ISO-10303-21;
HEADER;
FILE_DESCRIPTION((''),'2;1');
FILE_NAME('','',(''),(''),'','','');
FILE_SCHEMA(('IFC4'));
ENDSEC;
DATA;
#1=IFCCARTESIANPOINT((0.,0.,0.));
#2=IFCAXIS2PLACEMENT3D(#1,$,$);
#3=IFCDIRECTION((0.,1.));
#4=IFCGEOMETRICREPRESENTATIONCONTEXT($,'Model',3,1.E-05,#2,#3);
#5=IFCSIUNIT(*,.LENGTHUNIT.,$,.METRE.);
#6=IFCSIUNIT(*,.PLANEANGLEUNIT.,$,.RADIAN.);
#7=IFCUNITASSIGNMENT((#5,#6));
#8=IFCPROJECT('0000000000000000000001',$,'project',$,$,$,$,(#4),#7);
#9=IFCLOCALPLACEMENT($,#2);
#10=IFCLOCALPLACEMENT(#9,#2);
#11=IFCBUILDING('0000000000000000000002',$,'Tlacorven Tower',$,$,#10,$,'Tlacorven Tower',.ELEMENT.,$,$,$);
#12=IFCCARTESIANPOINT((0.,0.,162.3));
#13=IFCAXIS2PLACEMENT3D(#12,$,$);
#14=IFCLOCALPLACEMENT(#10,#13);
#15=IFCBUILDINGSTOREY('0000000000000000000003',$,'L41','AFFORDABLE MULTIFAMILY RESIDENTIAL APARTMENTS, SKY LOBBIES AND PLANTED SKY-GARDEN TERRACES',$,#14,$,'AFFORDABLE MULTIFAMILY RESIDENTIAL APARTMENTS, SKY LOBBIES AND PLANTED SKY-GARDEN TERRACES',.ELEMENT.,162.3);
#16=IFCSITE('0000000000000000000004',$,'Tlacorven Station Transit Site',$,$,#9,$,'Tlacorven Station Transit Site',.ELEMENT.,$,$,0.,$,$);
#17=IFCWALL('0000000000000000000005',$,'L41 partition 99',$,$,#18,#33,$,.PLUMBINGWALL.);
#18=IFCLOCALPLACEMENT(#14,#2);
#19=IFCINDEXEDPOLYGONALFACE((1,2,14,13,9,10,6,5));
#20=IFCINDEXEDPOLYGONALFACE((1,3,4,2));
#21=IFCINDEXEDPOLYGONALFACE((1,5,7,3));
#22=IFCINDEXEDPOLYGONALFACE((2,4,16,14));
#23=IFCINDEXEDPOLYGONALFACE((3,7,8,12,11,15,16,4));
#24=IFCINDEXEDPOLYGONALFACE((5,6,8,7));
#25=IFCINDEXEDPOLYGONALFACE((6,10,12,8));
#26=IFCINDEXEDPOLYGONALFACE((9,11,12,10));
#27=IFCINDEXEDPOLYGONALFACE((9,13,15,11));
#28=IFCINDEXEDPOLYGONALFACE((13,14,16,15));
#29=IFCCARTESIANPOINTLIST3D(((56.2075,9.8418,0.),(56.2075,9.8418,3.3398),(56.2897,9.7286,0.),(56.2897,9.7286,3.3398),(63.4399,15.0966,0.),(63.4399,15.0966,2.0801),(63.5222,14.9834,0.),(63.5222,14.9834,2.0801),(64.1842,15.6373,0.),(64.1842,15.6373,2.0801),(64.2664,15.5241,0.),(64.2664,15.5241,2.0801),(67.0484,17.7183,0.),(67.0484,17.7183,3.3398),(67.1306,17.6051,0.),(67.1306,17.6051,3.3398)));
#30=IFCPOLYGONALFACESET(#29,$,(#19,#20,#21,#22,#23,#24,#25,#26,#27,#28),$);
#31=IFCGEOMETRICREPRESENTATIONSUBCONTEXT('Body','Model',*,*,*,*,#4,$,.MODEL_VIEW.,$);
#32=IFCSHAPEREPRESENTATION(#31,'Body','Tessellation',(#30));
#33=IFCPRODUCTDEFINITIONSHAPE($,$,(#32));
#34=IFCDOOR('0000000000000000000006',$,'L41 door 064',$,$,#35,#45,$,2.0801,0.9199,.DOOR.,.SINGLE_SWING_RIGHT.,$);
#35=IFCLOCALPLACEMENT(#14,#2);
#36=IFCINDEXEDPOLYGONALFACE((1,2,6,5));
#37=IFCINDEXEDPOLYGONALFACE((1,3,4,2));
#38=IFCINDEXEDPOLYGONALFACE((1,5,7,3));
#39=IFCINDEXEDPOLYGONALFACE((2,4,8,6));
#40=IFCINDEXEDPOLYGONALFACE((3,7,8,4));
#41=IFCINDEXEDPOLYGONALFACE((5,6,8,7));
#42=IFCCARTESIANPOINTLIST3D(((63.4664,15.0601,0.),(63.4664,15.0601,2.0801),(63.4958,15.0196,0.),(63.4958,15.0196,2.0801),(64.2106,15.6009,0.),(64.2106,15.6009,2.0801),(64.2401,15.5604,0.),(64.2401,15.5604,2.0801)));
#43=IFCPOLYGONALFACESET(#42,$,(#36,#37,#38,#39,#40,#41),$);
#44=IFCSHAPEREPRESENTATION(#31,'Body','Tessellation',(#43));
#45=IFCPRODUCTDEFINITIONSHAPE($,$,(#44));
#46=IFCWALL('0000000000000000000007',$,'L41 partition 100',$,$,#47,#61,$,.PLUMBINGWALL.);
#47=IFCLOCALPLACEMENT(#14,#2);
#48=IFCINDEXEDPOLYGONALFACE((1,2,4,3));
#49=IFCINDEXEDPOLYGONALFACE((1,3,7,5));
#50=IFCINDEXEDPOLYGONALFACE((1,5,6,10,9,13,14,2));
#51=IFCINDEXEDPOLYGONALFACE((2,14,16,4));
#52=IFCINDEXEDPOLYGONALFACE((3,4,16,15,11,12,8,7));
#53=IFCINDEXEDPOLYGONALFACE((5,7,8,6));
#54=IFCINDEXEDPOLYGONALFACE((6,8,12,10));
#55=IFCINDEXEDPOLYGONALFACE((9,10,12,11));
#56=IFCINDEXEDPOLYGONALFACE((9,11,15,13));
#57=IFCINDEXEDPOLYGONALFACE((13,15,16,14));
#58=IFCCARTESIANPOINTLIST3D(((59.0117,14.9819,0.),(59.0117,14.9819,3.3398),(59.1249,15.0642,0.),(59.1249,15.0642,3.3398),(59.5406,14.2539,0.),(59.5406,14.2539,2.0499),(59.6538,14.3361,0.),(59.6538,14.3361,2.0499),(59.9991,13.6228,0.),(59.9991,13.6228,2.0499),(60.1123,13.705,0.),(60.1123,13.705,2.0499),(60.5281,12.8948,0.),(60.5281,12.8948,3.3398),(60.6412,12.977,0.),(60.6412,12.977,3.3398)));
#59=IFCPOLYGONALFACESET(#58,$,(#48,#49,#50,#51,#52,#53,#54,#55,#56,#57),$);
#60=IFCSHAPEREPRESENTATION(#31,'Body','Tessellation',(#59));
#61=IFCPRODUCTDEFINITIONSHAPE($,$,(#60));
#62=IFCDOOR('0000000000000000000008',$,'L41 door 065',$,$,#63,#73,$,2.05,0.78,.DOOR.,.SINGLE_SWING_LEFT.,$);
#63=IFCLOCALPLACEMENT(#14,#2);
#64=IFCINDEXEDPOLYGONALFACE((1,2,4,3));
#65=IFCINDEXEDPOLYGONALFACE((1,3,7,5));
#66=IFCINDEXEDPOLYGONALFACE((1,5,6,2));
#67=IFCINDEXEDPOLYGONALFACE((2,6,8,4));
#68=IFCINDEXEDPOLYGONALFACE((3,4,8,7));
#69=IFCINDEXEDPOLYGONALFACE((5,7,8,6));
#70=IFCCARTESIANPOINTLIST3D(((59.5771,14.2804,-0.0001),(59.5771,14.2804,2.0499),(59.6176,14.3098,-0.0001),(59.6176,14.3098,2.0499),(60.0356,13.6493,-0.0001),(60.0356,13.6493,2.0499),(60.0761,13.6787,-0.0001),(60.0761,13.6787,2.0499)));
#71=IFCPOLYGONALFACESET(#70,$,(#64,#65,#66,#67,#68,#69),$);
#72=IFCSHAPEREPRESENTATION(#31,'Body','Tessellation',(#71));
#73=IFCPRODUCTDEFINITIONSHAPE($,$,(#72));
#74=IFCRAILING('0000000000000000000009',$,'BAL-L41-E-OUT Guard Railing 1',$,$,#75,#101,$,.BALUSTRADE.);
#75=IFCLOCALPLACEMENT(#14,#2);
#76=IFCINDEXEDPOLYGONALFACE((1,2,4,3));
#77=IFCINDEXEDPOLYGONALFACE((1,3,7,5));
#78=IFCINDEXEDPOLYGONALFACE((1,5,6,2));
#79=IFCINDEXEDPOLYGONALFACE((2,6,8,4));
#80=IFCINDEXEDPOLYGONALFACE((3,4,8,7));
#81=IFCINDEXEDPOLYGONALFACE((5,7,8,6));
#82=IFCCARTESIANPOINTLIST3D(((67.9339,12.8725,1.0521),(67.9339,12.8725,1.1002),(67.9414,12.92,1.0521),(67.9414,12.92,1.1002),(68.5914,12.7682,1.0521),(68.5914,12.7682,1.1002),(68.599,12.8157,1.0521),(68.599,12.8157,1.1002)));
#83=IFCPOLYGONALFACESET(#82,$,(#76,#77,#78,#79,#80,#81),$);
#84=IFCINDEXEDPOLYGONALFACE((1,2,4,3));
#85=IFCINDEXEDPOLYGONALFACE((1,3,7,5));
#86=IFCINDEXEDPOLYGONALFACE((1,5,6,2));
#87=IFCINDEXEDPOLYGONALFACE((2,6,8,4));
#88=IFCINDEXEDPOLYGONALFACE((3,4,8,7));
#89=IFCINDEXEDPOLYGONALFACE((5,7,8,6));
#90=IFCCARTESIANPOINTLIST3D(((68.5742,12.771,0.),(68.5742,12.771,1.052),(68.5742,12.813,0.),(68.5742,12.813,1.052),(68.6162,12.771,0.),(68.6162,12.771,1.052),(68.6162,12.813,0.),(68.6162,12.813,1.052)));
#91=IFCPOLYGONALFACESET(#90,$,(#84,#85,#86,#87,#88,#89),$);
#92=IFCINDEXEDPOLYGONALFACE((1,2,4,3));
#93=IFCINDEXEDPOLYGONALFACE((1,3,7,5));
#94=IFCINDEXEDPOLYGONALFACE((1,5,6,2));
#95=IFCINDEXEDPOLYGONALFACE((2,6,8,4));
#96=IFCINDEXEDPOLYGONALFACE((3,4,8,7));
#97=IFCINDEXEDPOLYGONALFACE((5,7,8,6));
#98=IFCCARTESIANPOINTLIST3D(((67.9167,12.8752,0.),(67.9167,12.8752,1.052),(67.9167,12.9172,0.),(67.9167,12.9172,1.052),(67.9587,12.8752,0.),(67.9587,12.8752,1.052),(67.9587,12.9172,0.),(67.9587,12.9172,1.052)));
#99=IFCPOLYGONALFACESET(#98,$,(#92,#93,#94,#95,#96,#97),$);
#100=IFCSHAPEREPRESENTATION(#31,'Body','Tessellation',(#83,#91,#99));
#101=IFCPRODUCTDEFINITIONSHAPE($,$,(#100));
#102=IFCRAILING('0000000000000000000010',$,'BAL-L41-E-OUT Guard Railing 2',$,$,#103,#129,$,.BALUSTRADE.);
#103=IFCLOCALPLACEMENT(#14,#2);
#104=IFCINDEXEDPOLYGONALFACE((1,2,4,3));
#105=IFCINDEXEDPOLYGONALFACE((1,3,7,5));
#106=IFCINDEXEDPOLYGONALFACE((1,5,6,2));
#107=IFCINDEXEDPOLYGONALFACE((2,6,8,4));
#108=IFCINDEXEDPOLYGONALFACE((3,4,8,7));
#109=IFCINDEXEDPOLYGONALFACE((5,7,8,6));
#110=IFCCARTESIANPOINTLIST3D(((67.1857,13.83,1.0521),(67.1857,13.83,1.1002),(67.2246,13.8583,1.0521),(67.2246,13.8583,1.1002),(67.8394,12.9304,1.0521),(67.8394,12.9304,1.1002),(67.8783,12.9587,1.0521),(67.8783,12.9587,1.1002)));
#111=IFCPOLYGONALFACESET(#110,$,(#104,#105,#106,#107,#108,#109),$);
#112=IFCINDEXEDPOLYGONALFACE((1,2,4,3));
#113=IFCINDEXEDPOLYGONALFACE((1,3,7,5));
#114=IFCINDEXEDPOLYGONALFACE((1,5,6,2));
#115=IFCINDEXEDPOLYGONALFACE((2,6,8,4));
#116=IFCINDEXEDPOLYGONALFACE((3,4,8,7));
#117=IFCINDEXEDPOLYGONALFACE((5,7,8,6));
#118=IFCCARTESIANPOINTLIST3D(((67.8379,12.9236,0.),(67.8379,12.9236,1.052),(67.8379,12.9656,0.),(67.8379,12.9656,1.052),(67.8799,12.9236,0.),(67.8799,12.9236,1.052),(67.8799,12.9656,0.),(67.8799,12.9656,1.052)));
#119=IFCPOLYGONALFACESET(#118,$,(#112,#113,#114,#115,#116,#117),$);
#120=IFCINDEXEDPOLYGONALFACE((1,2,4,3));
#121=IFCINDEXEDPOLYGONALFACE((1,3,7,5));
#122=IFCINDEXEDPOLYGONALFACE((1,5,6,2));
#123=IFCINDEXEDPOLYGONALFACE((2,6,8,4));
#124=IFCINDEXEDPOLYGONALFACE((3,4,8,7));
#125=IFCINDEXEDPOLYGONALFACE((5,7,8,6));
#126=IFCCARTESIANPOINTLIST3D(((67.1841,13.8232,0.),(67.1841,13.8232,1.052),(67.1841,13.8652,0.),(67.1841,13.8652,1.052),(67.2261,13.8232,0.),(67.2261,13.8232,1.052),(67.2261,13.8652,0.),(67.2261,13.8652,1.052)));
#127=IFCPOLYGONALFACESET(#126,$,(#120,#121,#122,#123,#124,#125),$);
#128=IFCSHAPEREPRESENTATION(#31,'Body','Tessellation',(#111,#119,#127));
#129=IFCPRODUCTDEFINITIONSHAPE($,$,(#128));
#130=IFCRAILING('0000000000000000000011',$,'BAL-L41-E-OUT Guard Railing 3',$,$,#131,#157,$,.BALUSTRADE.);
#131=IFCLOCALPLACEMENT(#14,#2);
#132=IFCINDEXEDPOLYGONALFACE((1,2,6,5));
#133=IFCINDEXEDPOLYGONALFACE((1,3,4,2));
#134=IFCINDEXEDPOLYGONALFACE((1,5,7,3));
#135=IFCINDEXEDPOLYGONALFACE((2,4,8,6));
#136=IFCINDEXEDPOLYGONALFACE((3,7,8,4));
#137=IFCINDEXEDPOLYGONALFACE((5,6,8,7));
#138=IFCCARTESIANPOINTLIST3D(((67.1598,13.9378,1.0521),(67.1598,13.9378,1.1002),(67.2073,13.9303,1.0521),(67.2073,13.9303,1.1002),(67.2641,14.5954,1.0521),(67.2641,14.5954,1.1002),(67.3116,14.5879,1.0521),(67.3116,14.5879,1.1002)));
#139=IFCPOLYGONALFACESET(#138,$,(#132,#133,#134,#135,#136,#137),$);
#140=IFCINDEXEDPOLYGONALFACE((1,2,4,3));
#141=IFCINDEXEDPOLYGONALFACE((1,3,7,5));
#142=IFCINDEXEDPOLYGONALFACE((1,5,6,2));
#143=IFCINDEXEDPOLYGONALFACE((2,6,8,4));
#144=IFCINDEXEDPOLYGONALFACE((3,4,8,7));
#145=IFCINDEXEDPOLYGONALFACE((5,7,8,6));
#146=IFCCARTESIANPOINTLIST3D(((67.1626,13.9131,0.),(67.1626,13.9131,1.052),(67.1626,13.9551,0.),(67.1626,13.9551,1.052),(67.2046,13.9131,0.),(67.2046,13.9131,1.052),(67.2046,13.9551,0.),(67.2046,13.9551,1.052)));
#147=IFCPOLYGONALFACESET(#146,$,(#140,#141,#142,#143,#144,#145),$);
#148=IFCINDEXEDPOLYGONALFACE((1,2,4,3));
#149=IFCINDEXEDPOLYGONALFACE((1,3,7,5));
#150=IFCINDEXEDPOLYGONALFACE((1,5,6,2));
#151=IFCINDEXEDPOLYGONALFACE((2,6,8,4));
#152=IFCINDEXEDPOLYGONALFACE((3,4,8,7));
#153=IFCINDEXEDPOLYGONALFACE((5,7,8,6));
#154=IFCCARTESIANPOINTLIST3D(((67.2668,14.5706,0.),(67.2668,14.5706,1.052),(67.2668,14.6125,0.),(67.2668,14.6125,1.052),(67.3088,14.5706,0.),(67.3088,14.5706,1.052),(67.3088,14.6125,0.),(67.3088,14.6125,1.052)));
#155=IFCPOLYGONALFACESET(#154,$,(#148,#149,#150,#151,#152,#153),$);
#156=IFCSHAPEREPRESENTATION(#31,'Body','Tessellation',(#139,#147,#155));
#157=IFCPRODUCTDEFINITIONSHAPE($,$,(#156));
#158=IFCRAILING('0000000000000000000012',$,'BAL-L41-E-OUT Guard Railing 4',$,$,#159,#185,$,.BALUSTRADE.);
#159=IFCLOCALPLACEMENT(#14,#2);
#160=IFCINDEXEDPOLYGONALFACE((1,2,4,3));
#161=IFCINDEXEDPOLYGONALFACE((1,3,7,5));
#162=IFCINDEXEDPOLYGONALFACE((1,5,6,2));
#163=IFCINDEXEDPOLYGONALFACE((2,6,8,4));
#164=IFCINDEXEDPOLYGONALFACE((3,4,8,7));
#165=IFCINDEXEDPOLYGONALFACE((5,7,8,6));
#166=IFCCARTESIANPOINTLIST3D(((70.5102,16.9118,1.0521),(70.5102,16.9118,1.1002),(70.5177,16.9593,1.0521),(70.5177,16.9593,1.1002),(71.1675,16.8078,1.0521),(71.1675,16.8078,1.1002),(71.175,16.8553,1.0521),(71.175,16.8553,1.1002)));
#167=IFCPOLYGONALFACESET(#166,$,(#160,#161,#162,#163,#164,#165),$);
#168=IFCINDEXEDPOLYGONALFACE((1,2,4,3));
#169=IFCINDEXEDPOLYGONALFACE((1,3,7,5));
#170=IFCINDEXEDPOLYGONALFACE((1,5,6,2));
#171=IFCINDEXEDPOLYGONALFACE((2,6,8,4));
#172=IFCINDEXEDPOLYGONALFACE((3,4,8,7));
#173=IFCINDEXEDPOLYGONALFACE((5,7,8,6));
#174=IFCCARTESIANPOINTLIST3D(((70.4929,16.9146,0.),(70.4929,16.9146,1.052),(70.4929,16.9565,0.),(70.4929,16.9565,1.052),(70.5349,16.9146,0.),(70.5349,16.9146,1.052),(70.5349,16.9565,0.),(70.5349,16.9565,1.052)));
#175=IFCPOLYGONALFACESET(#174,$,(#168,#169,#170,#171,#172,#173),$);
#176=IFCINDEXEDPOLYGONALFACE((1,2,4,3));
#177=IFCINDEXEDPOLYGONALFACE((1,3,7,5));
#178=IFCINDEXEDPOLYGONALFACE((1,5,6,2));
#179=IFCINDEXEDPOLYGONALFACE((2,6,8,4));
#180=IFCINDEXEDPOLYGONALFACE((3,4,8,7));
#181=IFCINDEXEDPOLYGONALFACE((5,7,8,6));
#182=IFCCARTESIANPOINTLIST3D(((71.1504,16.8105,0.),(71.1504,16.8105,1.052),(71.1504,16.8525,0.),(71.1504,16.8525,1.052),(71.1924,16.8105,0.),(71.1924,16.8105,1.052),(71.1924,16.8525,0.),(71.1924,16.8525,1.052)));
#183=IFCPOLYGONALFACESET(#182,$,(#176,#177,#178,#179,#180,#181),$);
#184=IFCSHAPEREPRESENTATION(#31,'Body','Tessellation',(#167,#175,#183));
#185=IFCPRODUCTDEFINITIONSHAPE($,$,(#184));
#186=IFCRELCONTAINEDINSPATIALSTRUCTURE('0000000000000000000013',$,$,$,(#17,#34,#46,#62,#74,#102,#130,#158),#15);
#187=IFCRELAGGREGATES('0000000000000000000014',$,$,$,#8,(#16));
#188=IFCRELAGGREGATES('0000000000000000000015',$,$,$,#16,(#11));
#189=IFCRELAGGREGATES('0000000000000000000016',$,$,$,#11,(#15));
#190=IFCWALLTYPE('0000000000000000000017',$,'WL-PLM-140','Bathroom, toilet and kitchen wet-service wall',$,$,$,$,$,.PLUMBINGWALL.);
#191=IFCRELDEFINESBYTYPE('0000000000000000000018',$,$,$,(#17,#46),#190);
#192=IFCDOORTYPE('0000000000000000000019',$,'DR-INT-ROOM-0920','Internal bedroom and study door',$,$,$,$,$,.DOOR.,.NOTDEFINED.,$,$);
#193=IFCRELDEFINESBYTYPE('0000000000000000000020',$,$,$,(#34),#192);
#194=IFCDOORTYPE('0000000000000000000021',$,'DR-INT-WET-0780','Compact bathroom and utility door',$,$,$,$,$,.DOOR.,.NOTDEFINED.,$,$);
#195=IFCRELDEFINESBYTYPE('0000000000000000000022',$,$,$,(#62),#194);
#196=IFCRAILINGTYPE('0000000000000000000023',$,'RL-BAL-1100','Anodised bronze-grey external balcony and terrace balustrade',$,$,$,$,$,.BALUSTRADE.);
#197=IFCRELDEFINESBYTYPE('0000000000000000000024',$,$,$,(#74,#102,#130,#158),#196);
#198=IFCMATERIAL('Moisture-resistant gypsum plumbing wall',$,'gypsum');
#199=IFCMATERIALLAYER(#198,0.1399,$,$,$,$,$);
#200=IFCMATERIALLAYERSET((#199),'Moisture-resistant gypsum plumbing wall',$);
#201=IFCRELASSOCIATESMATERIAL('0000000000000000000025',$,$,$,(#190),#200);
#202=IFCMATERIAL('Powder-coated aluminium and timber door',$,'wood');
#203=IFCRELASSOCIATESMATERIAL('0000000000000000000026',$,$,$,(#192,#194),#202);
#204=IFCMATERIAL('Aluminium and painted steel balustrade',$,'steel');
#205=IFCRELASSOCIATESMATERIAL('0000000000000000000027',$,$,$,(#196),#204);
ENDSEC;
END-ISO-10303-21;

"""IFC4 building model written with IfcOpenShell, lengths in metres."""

from ifc_helpers import new_model, si_unit, direction, frame, frame_2d, origin, origin_2d, place, context, subcontext, project, spatial, rectangle, extrude, source, transform, mapped, material, layer, layer_set, type_object, element, fill, save


model = new_model("IFC4")

# Units and contexts
model_context = context("Model", 3, precision=1e-05, world=origin(), true_north=direction((0.0, 1.0)))
body_context = subcontext(model_context, "Body", "Model", "MODEL_VIEW")
ifc_project = project(units=[si_unit("LENGTHUNIT", "METRE"), si_unit("PLANEANGLEUNIT", "RADIAN")], contexts=[model_context])

# Site, building, storey
site_placement = place(None, origin())
site = spatial("IfcSite", under=ifc_project, at=site_placement, Name="Tlacorven Station Transit Site", LongName="Tlacorven Station Transit Site", CompositionType="ELEMENT", RefElevation=0.0)
building_placement = place(site_placement, origin())
building = spatial("IfcBuilding", under=site, at=building_placement, Name="Tlacorven Tower", LongName="Tlacorven Tower", CompositionType="ELEMENT")
storey_placement = place(building_placement, frame((0.0, 0.0, 162.3)))
storey = spatial("IfcBuildingStorey", under=building, at=storey_placement, Name="L41", Description="AFFORDABLE MULTIFAMILY RESIDENTIAL APARTMENTS, SKY LOBBIES AND PLANTED SKY-GARDEN TERRACES", LongName="AFFORDABLE MULTIFAMILY RESIDENTIAL APARTMENTS, SKY LOBBIES AND PLANTED SKY-GARDEN TERRACES", CompositionType="ELEMENT", Elevation=162.3)

# Shared definitions
ifc_material_1 = material(Name="Powder-coated aluminium and timber door", Category="wood")

# Walls, openings, doors
ifc_material_2 = material(Name="Moisture-resistant gypsum plumbing wall", Category="gypsum")
ifc_layer_1 = layer(ifc_material_2, 0.1399)
ifc_layer_set_1 = layer_set([ifc_layer_1], Name="Moisture-resistant gypsum plumbing wall")
wall_type_1 = type_object("IfcWallType", Name="WL-PLM-140", Description="Bathroom, toilet and kitchen wet-service wall", PredefinedType="PLUMBINGWALL", material=ifc_layer_set_1)
wall_1_placement = place(storey_placement, frame((56.2485, 9.7852, 0.0), z_axis=(0.0, 0.0, 1.0), x_axis=(0.809012, 0.587792, 0.0)))
wall_1 = element("IfcWall", 1, at=wall_1_placement, inside=storey, type_object=wall_type_1, Name="L41 partition 99", PredefinedType="PLUMBINGWALL", context=body_context, shape_type="SweptSolid", body=[
    extrude(rectangle(XDim=13.4001, YDim=0.1399, at=frame_2d((6.7002, 0.0))), origin(), (0.0, 0.0, 1.0), 3.3398),
])
opening_1_placement = place(wall_1_placement, frame((8.9399, 0.0, 0.0)))
opening_1 = element("IfcOpeningElement", 2, at=opening_1_placement, cuts=wall_1, PredefinedType="OPENING", context=body_context, shape_type="SweptSolid", body=[
    extrude(rectangle(XDim=0.9199, YDim=2.0801, at=frame_2d((0.46, 1.04))), frame((0.0, 0.0801, 0.0), z_axis=(0.0, -1.0, 0.0), x_axis=(1.0, 0.0, 0.0)), (0.0, 0.0, 1.0), 0.1599),
])
door_type_1 = type_object("IfcDoorType", Name="DR-INT-ROOM-0920", Description="Internal bedroom and study door", OperationType="NOTDEFINED", PredefinedType="DOOR", material=ifc_material_1)
shared_shape_1 = source(origin(), body_context, "Body", "SweptSolid", [
    extrude(rectangle(XDim=0.9199, YDim=2.0801, at=frame_2d((0.46, 1.04))), frame((0.0, 0.0249, 0.0), z_axis=(0.0, -1.0, 0.0), x_axis=(1.0, 0.0, 0.0)), (0.0, 0.0, 1.0), 0.05),
])
door_1_placement = place(opening_1_placement, origin())
door_1 = element("IfcDoor", 3, at=door_1_placement, inside=storey, type_object=door_type_1, Name="L41 door 064", OperationType="SINGLE_SWING_RIGHT", OverallHeight=2.0801, OverallWidth=0.9199, PredefinedType="DOOR", context=body_context, shape_type="MappedRepresentation", body=[
    mapped(shared_shape_1, transform((0.0, 0.0, 0.0), scale=1.0)),
])
fill(opening_1, door_1)
wall_2_placement = place(storey_placement, frame((60.5847, 12.9358, 0.0), z_axis=(0.0, 0.0, 1.0), x_axis=(-0.587772, 0.809027, 0.0)))
wall_2 = element("IfcWall", 4, at=wall_2_placement, inside=storey, type_object=wall_type_1, Name="L41 partition 100", PredefinedType="PLUMBINGWALL", context=body_context, shape_type="SweptSolid", body=[
    extrude(rectangle(XDim=2.5798, YDim=0.1399, at=frame_2d((1.29, 0.0))), origin(), (0.0, 0.0, 1.0), 3.3398),
])
opening_2_placement = place(wall_2_placement, frame((0.8999, 0.0, 0.0)))
opening_2 = element("IfcOpeningElement", 5, at=opening_2_placement, cuts=wall_2, PredefinedType="OPENING", context=body_context, shape_type="SweptSolid", body=[
    extrude(rectangle(XDim=0.78, YDim=2.05, at=frame_2d((0.3901, 1.0249))), frame((0.0, 0.0801, 0.0), z_axis=(0.0, -1.0, 0.0), x_axis=(1.0, 0.0, 0.0)), (0.0, 0.0, 1.0), 0.1599),
])
door_type_2 = type_object("IfcDoorType", Name="DR-INT-WET-0780", Description="Compact bathroom and utility door", OperationType="NOTDEFINED", PredefinedType="DOOR", material=ifc_material_1)
shared_shape_2 = source(origin(), body_context, "Body", "SweptSolid", [
    extrude(rectangle(XDim=0.78, YDim=2.05, at=frame_2d((0.3901, 1.0249))), frame((0.0, 0.0249, 0.0), z_axis=(0.0, -1.0, 0.0), x_axis=(1.0, 0.0, 0.0)), (0.0, 0.0, 1.0), 0.05),
])
door_2_placement = place(opening_2_placement, origin())
door_2 = element("IfcDoor", 6, at=door_2_placement, inside=storey, type_object=door_type_2, Name="L41 door 065", OperationType="SINGLE_SWING_LEFT", OverallHeight=2.05, OverallWidth=0.78, PredefinedType="DOOR", context=body_context, shape_type="MappedRepresentation", body=[
    mapped(shared_shape_2, transform((0.0, 0.0, 0.0), scale=1.0)),
])
fill(opening_2, door_2)

# Railings
ifc_material_3 = material(Name="Aluminium and painted steel balustrade", Category="steel")
railing_type_1 = type_object("IfcRailingType", Name="RL-BAL-1100", Description="Anodised bronze-grey external balcony and terrace balustrade", PredefinedType="BALUSTRADE", material=ifc_material_3)
shared_shape_3 = source(origin(), body_context, "Body", "SweptSolid", [
    extrude(rectangle(XDim=0.0481, YDim=0.0481, at=origin_2d()), frame((0.0, 0.0, 1.0762), z_axis=(-0.987662, 0.156603, 0.0), x_axis=(-0.156603, -0.987662, 0.0)), (0.0, 0.0, 1.0), 0.6658),
    extrude(rectangle(XDim=0.042, YDim=0.042, at=origin_2d()), origin(), (0.0, 0.0, 1.0), 1.052),
    extrude(rectangle(XDim=0.042, YDim=0.042, at=origin_2d()), frame((-0.6575, 0.1042, 0.0)), (0.0, 0.0, 1.0), 1.052),
])
railing_1_placement = place(storey_placement, frame((68.5952, 12.792, 0.0)))
element("IfcRailing", 7, at=railing_1_placement, inside=storey, type_object=railing_type_1, Name="BAL-L41-E-OUT Guard Railing 1", PredefinedType="BALUSTRADE", context=body_context, shape_type="MappedRepresentation", body=[
    mapped(shared_shape_3, transform((0.0, 0.0, 0.0), scale=1.0)),
])
shared_shape_4 = source(origin(), body_context, "Body", "SweptSolid", [
    extrude(rectangle(XDim=0.0481, YDim=0.0481, at=origin_2d()), frame((0.0, 0.0, 1.0762), z_axis=(-0.587884, 0.808945, 0.0), x_axis=(-0.808945, -0.587884, 0.0)), (0.0, 0.0, 1.0), 1.1121),
    extrude(rectangle(XDim=0.042, YDim=0.042, at=origin_2d()), origin(), (0.0, 0.0, 1.0), 1.052),
    extrude(rectangle(XDim=0.042, YDim=0.042, at=origin_2d()), frame((-0.6538, 0.8997, 0.0)), (0.0, 0.0, 1.0), 1.052),
])
railing_2_placement = place(storey_placement, frame((67.8589, 12.9446, 0.0)))
element("IfcRailing", 8, at=railing_2_placement, inside=storey, type_object=railing_type_1, Name="BAL-L41-E-OUT Guard Railing 2", PredefinedType="BALUSTRADE", context=body_context, shape_type="MappedRepresentation", body=[
    mapped(shared_shape_4, transform((0.0, 0.0, 0.0), scale=1.0)),
])
shared_shape_5 = source(origin(), body_context, "Body", "SweptSolid", [
    extrude(rectangle(XDim=0.0481, YDim=0.0481, at=origin_2d()), frame((0.0, 0.0, 1.0762), z_axis=(0.156603, 0.987662, 0.0), x_axis=(-0.987662, 0.156603, 0.0)), (0.0, 0.0, 1.0), 0.6658),
    extrude(rectangle(XDim=0.042, YDim=0.042, at=origin_2d()), origin(), (0.0, 0.0, 1.0), 1.052),
    extrude(rectangle(XDim=0.042, YDim=0.042, at=origin_2d()), frame((0.1042, 0.6575, 0.0)), (0.0, 0.0, 1.0), 1.052),
])
railing_3_placement = place(storey_placement, frame((67.1836, 13.9341, 0.0)))
element("IfcRailing", 9, at=railing_3_placement, inside=storey, type_object=railing_type_1, Name="BAL-L41-E-OUT Guard Railing 3", PredefinedType="BALUSTRADE", context=body_context, shape_type="MappedRepresentation", body=[
    mapped(shared_shape_5, transform((0.0, 0.0, 0.0), scale=1.0)),
])
shared_shape_6 = source(origin(), body_context, "Body", "SweptSolid", [
    extrude(rectangle(XDim=0.0481, YDim=0.0481, at=origin_2d()), frame((0.0, 0.0, 1.0762), z_axis=(0.987718, -0.156245, 0.0), x_axis=(0.156245, 0.987718, 0.0)), (0.0, 0.0, 1.0), 0.6655),
    extrude(rectangle(XDim=0.042, YDim=0.042, at=origin_2d()), origin(), (0.0, 0.0, 1.0), 1.052),
    extrude(rectangle(XDim=0.042, YDim=0.042, at=origin_2d()), frame((0.6575, -0.104, 0.0)), (0.0, 0.0, 1.0), 1.052),
])
railing_4_placement = place(storey_placement, frame((70.5139, 16.9355, 0.0)))
element("IfcRailing", 10, at=railing_4_placement, inside=storey, type_object=railing_type_1, Name="BAL-L41-E-OUT Guard Railing 4", PredefinedType="BALUSTRADE", context=body_context, shape_type="MappedRepresentation", body=[
    mapped(shared_shape_6, transform((0.0, 0.0, 0.0), scale=1.0)),
])

save(model, "model.ifc")
